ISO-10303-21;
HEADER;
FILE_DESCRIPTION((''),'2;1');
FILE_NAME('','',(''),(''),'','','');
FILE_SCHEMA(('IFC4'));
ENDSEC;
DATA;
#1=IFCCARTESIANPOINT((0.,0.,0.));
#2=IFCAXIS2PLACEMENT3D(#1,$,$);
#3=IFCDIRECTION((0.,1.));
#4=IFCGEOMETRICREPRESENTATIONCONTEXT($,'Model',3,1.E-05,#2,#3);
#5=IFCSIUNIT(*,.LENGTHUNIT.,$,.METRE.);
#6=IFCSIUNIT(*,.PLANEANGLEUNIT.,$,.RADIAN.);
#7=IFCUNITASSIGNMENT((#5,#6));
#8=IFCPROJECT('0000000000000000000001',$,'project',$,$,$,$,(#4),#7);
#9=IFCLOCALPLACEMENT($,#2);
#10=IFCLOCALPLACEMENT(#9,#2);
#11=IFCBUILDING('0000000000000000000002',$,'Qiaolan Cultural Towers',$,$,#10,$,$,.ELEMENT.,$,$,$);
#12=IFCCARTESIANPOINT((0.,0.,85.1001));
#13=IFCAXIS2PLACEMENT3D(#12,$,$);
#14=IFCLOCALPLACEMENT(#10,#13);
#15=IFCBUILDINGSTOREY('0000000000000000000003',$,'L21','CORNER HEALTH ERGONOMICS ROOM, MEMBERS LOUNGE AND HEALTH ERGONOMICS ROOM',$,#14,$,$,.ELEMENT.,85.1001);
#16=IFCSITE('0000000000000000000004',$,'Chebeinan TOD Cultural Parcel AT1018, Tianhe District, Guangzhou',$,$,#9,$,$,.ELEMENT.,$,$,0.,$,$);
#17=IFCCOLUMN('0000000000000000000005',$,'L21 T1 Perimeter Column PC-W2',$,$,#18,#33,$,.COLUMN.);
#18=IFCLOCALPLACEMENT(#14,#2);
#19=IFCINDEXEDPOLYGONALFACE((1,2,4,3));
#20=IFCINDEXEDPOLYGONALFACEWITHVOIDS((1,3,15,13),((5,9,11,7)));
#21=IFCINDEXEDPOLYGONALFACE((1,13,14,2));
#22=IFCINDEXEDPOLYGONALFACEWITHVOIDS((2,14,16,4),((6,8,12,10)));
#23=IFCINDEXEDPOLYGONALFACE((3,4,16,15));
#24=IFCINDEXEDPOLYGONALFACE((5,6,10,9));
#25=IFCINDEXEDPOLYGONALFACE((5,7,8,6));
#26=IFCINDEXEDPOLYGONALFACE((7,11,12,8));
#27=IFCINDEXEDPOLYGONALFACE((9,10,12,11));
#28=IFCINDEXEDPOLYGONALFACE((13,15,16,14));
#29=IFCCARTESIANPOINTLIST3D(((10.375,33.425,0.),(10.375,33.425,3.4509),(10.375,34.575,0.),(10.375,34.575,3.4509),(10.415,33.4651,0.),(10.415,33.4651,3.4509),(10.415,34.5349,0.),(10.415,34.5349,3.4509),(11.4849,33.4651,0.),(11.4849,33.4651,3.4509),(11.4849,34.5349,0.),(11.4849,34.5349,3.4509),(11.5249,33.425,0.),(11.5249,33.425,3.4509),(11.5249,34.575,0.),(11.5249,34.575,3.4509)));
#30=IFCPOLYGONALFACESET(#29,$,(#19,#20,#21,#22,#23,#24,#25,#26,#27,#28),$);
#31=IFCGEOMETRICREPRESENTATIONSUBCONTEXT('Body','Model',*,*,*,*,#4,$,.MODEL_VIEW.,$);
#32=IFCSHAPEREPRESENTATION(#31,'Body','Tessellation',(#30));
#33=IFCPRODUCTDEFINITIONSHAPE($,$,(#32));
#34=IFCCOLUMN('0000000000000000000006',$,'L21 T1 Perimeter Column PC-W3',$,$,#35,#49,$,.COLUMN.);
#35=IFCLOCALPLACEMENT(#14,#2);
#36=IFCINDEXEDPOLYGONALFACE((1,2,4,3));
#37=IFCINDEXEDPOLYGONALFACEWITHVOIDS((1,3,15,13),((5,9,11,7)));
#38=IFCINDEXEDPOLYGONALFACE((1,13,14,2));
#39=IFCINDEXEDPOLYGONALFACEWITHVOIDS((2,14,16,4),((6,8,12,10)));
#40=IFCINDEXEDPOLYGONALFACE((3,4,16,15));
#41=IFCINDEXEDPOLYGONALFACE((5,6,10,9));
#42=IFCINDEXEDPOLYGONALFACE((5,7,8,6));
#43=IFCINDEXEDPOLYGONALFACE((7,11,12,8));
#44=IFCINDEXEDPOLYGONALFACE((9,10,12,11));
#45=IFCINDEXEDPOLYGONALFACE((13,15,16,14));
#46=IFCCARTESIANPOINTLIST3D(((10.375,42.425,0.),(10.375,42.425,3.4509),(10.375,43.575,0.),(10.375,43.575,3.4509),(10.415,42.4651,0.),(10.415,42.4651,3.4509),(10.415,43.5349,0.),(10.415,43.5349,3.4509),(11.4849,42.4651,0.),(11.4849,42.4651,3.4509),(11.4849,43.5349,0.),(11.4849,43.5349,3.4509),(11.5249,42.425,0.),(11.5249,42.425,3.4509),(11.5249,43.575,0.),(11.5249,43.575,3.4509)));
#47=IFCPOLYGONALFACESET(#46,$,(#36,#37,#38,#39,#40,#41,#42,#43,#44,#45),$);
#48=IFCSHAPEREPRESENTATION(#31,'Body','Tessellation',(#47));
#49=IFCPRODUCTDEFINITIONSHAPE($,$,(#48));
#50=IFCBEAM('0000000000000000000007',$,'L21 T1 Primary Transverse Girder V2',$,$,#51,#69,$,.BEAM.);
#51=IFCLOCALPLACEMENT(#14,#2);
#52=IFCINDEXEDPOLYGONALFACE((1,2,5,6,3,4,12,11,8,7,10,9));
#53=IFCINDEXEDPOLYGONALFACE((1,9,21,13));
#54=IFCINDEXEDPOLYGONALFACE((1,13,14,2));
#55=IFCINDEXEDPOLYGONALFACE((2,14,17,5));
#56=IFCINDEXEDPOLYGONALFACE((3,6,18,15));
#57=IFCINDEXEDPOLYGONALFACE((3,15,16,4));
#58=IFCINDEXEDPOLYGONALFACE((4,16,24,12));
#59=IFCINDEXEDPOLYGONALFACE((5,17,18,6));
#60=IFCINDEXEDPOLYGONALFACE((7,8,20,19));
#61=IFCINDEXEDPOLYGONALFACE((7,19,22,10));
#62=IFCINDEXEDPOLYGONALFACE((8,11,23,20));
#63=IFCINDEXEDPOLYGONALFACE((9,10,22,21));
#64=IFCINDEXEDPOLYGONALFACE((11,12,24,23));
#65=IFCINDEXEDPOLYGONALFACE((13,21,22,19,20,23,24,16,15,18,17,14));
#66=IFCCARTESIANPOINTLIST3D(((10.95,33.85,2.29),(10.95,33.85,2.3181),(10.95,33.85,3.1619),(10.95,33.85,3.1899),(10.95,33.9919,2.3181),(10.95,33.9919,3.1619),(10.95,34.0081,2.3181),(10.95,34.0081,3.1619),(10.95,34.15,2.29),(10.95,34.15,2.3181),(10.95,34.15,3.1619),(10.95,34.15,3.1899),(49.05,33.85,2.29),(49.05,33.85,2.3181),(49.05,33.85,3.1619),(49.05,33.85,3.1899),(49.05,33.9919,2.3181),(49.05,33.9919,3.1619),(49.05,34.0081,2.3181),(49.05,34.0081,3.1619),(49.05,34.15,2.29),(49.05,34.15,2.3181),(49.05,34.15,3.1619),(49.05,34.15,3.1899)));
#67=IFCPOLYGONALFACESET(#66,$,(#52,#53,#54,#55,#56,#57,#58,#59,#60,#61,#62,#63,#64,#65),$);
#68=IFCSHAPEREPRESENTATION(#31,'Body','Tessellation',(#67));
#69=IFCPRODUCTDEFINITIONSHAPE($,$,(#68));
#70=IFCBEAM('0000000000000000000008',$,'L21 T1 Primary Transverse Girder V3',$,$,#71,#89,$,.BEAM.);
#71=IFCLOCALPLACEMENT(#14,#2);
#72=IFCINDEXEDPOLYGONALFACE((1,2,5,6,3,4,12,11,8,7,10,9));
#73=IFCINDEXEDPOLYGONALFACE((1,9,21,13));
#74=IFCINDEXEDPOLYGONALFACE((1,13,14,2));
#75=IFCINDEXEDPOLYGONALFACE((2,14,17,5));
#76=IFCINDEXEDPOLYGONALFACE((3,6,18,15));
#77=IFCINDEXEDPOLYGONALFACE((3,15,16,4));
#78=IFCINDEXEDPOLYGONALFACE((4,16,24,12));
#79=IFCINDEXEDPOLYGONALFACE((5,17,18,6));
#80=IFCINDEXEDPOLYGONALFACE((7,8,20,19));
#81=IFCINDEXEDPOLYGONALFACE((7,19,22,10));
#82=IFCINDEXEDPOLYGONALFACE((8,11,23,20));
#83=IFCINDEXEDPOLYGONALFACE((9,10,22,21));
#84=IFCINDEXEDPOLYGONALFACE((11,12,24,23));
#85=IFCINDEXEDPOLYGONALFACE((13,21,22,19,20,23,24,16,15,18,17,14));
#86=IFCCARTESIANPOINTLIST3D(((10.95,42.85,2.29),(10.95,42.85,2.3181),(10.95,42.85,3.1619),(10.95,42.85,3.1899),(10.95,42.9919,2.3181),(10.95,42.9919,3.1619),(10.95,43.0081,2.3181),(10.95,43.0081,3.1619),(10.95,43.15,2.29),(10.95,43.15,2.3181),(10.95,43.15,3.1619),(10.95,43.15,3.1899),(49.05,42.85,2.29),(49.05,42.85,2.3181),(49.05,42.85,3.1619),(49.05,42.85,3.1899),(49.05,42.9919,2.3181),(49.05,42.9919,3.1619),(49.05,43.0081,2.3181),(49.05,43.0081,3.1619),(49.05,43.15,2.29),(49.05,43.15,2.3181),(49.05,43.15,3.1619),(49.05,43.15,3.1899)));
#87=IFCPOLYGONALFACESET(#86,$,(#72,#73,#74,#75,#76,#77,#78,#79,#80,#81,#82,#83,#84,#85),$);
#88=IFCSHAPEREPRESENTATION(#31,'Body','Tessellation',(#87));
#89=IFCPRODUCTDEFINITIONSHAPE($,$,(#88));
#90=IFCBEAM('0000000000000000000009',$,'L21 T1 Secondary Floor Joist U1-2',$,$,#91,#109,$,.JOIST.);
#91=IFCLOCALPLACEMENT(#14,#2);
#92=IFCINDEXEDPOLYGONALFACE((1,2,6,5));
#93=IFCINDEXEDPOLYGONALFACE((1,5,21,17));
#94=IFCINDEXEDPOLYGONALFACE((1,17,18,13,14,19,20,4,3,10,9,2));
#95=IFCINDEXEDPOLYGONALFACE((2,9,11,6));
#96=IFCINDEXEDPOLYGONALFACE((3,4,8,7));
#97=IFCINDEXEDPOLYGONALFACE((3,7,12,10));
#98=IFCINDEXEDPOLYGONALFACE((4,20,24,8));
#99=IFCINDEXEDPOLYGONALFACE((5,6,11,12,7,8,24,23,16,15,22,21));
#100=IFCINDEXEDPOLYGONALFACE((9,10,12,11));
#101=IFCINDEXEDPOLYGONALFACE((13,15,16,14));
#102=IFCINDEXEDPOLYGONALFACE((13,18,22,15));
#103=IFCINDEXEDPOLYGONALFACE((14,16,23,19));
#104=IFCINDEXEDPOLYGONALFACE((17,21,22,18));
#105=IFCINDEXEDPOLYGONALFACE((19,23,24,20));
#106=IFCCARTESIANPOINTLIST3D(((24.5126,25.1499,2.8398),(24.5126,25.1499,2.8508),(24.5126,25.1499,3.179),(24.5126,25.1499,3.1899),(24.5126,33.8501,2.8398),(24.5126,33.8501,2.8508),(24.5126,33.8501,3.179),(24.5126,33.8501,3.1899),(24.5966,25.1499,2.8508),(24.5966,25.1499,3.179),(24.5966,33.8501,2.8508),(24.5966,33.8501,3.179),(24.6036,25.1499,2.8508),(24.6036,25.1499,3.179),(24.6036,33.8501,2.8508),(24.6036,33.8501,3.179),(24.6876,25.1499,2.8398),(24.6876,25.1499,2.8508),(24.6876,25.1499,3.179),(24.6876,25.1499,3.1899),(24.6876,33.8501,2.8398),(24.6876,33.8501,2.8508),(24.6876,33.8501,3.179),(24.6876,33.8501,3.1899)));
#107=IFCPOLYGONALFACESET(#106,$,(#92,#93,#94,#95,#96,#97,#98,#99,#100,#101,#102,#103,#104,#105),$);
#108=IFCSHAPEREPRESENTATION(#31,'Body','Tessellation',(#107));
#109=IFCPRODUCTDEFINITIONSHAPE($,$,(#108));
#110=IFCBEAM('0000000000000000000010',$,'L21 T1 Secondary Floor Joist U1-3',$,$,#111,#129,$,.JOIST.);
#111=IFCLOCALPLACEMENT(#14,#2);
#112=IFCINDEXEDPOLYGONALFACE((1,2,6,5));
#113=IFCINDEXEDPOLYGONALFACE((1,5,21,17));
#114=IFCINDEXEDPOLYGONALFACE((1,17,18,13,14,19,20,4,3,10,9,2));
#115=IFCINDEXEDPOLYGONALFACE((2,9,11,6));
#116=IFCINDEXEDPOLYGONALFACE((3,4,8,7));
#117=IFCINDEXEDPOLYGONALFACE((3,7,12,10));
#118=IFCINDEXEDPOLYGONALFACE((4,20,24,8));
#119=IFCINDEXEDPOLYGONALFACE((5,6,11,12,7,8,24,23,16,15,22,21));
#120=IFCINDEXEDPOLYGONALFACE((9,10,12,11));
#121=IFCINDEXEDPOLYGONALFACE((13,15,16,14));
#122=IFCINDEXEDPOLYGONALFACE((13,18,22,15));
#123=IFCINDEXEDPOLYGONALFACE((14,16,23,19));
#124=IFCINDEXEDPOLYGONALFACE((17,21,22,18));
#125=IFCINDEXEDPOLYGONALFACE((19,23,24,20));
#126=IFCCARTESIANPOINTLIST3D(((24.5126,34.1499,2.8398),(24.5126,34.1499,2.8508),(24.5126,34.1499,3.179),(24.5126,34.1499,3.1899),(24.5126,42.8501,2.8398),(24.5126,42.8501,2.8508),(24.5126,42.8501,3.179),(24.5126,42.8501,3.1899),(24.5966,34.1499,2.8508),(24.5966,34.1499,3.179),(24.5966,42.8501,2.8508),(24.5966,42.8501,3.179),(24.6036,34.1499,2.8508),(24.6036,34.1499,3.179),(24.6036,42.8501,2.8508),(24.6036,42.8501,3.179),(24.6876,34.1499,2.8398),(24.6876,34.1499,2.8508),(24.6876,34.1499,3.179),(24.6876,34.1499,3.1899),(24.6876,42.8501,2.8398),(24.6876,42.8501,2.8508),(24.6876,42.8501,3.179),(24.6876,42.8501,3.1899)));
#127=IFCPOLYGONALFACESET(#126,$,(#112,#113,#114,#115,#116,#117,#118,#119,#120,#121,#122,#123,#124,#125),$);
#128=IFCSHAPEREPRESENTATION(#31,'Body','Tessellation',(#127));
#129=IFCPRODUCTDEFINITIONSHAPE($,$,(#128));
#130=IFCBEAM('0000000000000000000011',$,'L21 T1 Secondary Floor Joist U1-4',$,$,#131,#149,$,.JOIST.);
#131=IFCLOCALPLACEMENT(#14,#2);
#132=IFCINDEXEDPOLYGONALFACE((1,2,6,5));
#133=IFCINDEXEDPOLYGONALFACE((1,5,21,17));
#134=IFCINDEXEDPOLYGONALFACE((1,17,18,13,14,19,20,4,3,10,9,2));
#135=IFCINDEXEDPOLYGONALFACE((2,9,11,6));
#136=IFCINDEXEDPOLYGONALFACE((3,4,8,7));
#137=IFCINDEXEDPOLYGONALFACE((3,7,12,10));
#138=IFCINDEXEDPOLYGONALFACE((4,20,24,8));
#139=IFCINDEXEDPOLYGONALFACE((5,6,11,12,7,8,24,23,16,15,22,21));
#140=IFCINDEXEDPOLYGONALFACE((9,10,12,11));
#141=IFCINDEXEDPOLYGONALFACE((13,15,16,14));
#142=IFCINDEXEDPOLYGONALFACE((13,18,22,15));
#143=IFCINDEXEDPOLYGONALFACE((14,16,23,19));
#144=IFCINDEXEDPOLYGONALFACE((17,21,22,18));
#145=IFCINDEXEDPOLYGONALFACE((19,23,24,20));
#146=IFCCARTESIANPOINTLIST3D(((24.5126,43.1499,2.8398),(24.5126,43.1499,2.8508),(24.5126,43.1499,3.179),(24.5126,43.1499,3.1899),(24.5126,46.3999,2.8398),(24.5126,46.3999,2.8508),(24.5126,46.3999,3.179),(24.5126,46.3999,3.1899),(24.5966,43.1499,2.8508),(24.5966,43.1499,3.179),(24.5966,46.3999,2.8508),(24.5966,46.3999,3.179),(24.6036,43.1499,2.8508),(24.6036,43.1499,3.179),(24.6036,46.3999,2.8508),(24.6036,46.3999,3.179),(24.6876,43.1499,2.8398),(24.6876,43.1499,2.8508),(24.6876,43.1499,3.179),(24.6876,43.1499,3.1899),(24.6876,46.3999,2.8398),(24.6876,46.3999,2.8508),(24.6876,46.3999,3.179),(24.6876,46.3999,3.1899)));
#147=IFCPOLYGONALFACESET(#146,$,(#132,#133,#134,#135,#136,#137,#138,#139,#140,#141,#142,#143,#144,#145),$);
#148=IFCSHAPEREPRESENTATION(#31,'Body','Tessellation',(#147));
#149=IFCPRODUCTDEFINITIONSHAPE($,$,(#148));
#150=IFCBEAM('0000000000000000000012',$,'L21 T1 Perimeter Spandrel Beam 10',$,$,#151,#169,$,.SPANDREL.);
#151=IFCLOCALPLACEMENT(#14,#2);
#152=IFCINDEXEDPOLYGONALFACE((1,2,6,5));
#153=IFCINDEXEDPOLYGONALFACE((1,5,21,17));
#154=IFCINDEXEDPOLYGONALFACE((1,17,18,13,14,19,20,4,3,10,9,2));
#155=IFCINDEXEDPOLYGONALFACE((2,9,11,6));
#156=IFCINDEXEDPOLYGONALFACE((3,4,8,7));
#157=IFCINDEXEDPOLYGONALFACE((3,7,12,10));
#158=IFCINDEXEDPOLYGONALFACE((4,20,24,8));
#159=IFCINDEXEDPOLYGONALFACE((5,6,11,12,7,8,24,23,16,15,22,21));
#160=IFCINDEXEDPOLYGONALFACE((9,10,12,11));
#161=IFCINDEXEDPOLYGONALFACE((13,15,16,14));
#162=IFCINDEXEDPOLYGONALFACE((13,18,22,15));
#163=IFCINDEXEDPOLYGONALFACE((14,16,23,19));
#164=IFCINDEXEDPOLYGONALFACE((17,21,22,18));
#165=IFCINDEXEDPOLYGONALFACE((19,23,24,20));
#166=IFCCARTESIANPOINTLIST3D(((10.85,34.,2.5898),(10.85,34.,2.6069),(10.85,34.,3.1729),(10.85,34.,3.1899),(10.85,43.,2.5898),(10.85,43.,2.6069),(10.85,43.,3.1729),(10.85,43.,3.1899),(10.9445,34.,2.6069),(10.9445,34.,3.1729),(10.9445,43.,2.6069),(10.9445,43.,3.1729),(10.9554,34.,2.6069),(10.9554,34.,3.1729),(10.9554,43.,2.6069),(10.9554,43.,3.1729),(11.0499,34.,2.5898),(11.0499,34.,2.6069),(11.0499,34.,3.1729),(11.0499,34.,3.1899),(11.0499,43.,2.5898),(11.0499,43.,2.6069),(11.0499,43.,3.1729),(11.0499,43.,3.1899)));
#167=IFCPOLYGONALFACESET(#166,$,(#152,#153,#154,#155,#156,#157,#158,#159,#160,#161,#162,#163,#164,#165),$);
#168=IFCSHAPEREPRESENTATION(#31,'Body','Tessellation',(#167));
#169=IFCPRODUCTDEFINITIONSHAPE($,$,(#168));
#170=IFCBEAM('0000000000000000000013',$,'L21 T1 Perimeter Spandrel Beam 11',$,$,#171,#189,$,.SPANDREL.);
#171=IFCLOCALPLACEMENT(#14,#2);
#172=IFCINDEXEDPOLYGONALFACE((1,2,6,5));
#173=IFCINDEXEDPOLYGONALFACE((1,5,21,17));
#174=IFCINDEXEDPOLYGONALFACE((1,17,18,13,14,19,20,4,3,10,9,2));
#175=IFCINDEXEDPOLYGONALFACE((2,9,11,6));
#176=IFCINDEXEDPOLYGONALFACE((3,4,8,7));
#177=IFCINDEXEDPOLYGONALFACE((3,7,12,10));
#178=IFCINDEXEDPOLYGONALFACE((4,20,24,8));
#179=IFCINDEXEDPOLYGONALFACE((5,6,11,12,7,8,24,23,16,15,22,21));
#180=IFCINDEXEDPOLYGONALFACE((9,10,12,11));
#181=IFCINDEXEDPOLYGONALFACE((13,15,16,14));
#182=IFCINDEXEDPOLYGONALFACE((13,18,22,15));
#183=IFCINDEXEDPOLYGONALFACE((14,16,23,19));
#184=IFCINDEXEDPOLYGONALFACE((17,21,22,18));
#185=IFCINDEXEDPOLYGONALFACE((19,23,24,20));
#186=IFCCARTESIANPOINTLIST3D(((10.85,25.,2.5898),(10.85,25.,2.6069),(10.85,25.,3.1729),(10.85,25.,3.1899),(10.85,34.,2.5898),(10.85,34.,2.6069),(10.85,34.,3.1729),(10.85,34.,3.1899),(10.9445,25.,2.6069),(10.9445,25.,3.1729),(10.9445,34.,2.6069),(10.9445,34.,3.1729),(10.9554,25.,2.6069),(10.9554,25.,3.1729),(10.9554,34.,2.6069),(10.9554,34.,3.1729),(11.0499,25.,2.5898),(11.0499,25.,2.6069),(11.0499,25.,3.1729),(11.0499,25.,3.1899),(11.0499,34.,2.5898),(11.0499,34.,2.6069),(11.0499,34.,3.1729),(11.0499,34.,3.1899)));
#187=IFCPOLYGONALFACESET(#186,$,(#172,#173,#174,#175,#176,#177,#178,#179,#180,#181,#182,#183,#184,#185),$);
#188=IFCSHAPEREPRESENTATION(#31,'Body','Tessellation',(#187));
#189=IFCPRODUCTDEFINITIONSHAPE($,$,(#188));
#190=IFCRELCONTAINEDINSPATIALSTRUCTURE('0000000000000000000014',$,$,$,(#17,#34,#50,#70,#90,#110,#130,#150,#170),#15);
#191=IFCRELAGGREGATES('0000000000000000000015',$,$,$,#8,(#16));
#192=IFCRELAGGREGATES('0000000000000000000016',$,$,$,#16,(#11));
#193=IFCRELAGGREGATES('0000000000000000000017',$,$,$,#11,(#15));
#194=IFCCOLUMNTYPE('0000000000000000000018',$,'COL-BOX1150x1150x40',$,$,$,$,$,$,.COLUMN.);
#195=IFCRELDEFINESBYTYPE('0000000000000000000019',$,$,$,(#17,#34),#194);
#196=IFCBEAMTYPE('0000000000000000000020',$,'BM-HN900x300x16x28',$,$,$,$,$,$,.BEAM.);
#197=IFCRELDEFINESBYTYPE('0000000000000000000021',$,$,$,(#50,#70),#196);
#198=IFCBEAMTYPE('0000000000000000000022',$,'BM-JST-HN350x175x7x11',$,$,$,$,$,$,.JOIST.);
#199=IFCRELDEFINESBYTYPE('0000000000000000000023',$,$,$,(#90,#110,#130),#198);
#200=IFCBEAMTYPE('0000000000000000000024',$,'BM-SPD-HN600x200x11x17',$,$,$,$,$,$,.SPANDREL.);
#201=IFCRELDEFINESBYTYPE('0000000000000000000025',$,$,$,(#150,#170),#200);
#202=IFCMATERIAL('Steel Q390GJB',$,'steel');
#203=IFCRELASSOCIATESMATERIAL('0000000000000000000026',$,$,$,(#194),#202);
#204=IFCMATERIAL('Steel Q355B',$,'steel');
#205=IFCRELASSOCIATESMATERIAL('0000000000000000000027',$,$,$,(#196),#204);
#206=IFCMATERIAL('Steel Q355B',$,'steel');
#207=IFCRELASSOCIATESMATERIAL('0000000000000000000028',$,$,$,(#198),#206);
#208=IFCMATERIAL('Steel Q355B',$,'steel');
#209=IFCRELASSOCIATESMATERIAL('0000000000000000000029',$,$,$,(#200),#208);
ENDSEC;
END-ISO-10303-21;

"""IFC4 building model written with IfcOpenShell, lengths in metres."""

from ifc_helpers import new_model, si_unit, direction, frame, origin, origin_2d, place, context, subcontext, project, spatial, hollow_rectangle, i_section, extrude, material, material_profile, profile_set, type_object, element, save


model = new_model("IFC4")

# Units and contexts
model_context = context("Model", 3, precision=1e-05, world=origin(), true_north=direction((0.0, 1.0)))
body_context = subcontext(model_context, "Body", "Model", "MODEL_VIEW")
ifc_project = project(units=[si_unit("LENGTHUNIT", "METRE"), si_unit("PLANEANGLEUNIT", "RADIAN")], contexts=[model_context])

# Site, building, storey
site_placement = place(None, origin())
site = spatial("IfcSite", under=ifc_project, at=site_placement, Name="Chebeinan TOD Cultural Parcel AT1018, Tianhe District, Guangzhou", CompositionType="ELEMENT", RefElevation=0.0)
building_placement = place(site_placement, origin())
building = spatial("IfcBuilding", under=site, at=building_placement, Name="Qiaolan Cultural Towers", CompositionType="ELEMENT")
storey_placement = place(building_placement, frame((0.0, 0.0, 85.1001)))
storey = spatial("IfcBuildingStorey", under=building, at=storey_placement, Name="L21", Description="CORNER HEALTH ERGONOMICS ROOM, MEMBERS LOUNGE AND HEALTH ERGONOMICS ROOM", CompositionType="ELEMENT", Elevation=85.1001)

# Columns
ifc_material_1 = material(Name="Steel Q390GJB", Category="steel")
ifc_material_profile_1 = material_profile(ifc_material_1, hollow_rectangle(XDim=1.1499, YDim=1.1499, WallThickness=0.04, at=origin_2d()), Name="BOX1150x1150x40")
ifc_profile_set_1 = profile_set([ifc_material_profile_1], Name="Steel Q390GJB")
column_type = type_object("IfcColumnType", Name="COL-BOX1150x1150x40", PredefinedType="COLUMN", material=ifc_profile_set_1)
for number, where, z_axis, x_axis, name in (
    (1, (10.95, 34.0, 0.0), (0.0, 0.0, 1.0), (1.0, 0.0, 0.0), "L21 T1 Perimeter Column PC-W2"),
    (2, (10.95, 43.0, 0.0), (0.0, 0.0, 1.0), (1.0, 0.0, 0.0), "L21 T1 Perimeter Column PC-W3"),
):
    element("IfcColumn", number, at=place(storey_placement, frame(where, z_axis=z_axis, x_axis=x_axis)), inside=storey, type_object=column_type, Name=name, PredefinedType="COLUMN", context=body_context, shape_type="SweptSolid", body=[
        extrude(hollow_rectangle(XDim=1.1499, YDim=1.1499, WallThickness=0.04, at=origin_2d()), origin(), (0.0, 0.0, 1.0), 3.4509),
    ])

# Beams
ifc_material_2 = material(Name="Steel Q355B", Category="steel")
ifc_material_profile_2 = material_profile(ifc_material_2, i_section(OverallWidth=0.3, OverallDepth=0.8999, WebThickness=0.0161, FlangeThickness=0.0281, at=origin_2d()), Name="HN900x300x16x28")
ifc_profile_set_2 = profile_set([ifc_material_profile_2], Name="Steel Q355B")
beam_type_1 = type_object("IfcBeamType", Name="BM-HN900x300x16x28", PredefinedType="BEAM", material=ifc_profile_set_2)
for number, where, z_axis, x_axis, name in (
    (3, (10.95, 34.0, 2.74), (1.0, 0.0, 0.0), (0.0, 1.0, 0.0), "L21 T1 Primary Transverse Girder V2"),
    (4, (10.95, 43.0, 2.74), (1.0, 0.0, 0.0), (0.0, 1.0, 0.0), "L21 T1 Primary Transverse Girder V3"),
):
    element("IfcBeam", number, at=place(storey_placement, frame(where, z_axis=z_axis, x_axis=x_axis)), inside=storey, type_object=beam_type_1, Name=name, PredefinedType="BEAM", context=body_context, shape_type="SweptSolid", body=[
        extrude(i_section(OverallWidth=0.3, OverallDepth=0.8999, WebThickness=0.0161, FlangeThickness=0.0281, at=origin_2d()), origin(), (0.0, 0.0, 1.0), 38.1001),
    ])
ifc_material_3 = material(Name="Steel Q355B", Category="steel")
ifc_material_profile_3 = material_profile(ifc_material_3, i_section(OverallWidth=0.175, OverallDepth=0.3501, WebThickness=0.0071, FlangeThickness=0.011, at=origin_2d()), Name="HN350x175x7x11")
ifc_profile_set_3 = profile_set([ifc_material_profile_3], Name="Steel Q355B")
beam_type_2 = type_object("IfcBeamType", Name="BM-JST-HN350x175x7x11", PredefinedType="JOIST", material=ifc_profile_set_3)
for number, where, z_axis, x_axis, name in (
    (5, (24.6001, 25.1499, 3.0149), (0.0, 1.0, 0.0), (-1.0, 0.0, 0.0), "L21 T1 Secondary Floor Joist U1-2"),
    (6, (24.6001, 34.1499, 3.0149), (0.0, 1.0, 0.0), (-1.0, 0.0, 0.0), "L21 T1 Secondary Floor Joist U1-3"),
):
    element("IfcBeam", number, at=place(storey_placement, frame(where, z_axis=z_axis, x_axis=x_axis)), inside=storey, type_object=beam_type_2, Name=name, PredefinedType="JOIST", context=body_context, shape_type="SweptSolid", body=[
        extrude(i_section(OverallWidth=0.175, OverallDepth=0.3501, WebThickness=0.0071, FlangeThickness=0.011, at=origin_2d()), origin(), (0.0, 0.0, 1.0), 8.7002),
    ])
beam_1_placement = place(storey_placement, frame((24.6001, 43.1499, 3.0149), z_axis=(0.0, 1.0, 0.0), x_axis=(-1.0, 0.0, 0.0)))
element("IfcBeam", 7, at=beam_1_placement, inside=storey, type_object=beam_type_2, Name="L21 T1 Secondary Floor Joist U1-4", PredefinedType="JOIST", context=body_context, shape_type="SweptSolid", body=[
    extrude(i_section(OverallWidth=0.175, OverallDepth=0.3501, WebThickness=0.0071, FlangeThickness=0.011, at=origin_2d()), origin(), (0.0, 0.0, 1.0), 3.25),
])
ifc_material_4 = material(Name="Steel Q355B", Category="steel")
ifc_material_profile_4 = material_profile(ifc_material_4, i_section(OverallWidth=0.2, OverallDepth=0.6001, WebThickness=0.011, FlangeThickness=0.0171, at=origin_2d()), Name="HN600x200x11x17")
ifc_profile_set_4 = profile_set([ifc_material_profile_4], Name="Steel Q355B")
beam_type_3 = type_object("IfcBeamType", Name="BM-SPD-HN600x200x11x17", PredefinedType="SPANDREL", material=ifc_profile_set_4)
for number, where, z_axis, x_axis, name in (
    (8, (10.95, 43.0, 2.8899), (0.0, -1.0, 0.0), (1.0, 0.0, 0.0), "L21 T1 Perimeter Spandrel Beam 10"),
    (9, (10.95, 34.0, 2.8899), (0.0, -1.0, 0.0), (1.0, 0.0, 0.0), "L21 T1 Perimeter Spandrel Beam 11"),
):
    element("IfcBeam", number, at=place(storey_placement, frame(where, z_axis=z_axis, x_axis=x_axis)), inside=storey, type_object=beam_type_3, Name=name, PredefinedType="SPANDREL", context=body_context, shape_type="SweptSolid", body=[
        extrude(i_section(OverallWidth=0.2, OverallDepth=0.6001, WebThickness=0.011, FlangeThickness=0.0171, at=origin_2d()), origin(), (0.0, 0.0, 1.0), 9.0),
    ])

save(model, "model.ifc")
